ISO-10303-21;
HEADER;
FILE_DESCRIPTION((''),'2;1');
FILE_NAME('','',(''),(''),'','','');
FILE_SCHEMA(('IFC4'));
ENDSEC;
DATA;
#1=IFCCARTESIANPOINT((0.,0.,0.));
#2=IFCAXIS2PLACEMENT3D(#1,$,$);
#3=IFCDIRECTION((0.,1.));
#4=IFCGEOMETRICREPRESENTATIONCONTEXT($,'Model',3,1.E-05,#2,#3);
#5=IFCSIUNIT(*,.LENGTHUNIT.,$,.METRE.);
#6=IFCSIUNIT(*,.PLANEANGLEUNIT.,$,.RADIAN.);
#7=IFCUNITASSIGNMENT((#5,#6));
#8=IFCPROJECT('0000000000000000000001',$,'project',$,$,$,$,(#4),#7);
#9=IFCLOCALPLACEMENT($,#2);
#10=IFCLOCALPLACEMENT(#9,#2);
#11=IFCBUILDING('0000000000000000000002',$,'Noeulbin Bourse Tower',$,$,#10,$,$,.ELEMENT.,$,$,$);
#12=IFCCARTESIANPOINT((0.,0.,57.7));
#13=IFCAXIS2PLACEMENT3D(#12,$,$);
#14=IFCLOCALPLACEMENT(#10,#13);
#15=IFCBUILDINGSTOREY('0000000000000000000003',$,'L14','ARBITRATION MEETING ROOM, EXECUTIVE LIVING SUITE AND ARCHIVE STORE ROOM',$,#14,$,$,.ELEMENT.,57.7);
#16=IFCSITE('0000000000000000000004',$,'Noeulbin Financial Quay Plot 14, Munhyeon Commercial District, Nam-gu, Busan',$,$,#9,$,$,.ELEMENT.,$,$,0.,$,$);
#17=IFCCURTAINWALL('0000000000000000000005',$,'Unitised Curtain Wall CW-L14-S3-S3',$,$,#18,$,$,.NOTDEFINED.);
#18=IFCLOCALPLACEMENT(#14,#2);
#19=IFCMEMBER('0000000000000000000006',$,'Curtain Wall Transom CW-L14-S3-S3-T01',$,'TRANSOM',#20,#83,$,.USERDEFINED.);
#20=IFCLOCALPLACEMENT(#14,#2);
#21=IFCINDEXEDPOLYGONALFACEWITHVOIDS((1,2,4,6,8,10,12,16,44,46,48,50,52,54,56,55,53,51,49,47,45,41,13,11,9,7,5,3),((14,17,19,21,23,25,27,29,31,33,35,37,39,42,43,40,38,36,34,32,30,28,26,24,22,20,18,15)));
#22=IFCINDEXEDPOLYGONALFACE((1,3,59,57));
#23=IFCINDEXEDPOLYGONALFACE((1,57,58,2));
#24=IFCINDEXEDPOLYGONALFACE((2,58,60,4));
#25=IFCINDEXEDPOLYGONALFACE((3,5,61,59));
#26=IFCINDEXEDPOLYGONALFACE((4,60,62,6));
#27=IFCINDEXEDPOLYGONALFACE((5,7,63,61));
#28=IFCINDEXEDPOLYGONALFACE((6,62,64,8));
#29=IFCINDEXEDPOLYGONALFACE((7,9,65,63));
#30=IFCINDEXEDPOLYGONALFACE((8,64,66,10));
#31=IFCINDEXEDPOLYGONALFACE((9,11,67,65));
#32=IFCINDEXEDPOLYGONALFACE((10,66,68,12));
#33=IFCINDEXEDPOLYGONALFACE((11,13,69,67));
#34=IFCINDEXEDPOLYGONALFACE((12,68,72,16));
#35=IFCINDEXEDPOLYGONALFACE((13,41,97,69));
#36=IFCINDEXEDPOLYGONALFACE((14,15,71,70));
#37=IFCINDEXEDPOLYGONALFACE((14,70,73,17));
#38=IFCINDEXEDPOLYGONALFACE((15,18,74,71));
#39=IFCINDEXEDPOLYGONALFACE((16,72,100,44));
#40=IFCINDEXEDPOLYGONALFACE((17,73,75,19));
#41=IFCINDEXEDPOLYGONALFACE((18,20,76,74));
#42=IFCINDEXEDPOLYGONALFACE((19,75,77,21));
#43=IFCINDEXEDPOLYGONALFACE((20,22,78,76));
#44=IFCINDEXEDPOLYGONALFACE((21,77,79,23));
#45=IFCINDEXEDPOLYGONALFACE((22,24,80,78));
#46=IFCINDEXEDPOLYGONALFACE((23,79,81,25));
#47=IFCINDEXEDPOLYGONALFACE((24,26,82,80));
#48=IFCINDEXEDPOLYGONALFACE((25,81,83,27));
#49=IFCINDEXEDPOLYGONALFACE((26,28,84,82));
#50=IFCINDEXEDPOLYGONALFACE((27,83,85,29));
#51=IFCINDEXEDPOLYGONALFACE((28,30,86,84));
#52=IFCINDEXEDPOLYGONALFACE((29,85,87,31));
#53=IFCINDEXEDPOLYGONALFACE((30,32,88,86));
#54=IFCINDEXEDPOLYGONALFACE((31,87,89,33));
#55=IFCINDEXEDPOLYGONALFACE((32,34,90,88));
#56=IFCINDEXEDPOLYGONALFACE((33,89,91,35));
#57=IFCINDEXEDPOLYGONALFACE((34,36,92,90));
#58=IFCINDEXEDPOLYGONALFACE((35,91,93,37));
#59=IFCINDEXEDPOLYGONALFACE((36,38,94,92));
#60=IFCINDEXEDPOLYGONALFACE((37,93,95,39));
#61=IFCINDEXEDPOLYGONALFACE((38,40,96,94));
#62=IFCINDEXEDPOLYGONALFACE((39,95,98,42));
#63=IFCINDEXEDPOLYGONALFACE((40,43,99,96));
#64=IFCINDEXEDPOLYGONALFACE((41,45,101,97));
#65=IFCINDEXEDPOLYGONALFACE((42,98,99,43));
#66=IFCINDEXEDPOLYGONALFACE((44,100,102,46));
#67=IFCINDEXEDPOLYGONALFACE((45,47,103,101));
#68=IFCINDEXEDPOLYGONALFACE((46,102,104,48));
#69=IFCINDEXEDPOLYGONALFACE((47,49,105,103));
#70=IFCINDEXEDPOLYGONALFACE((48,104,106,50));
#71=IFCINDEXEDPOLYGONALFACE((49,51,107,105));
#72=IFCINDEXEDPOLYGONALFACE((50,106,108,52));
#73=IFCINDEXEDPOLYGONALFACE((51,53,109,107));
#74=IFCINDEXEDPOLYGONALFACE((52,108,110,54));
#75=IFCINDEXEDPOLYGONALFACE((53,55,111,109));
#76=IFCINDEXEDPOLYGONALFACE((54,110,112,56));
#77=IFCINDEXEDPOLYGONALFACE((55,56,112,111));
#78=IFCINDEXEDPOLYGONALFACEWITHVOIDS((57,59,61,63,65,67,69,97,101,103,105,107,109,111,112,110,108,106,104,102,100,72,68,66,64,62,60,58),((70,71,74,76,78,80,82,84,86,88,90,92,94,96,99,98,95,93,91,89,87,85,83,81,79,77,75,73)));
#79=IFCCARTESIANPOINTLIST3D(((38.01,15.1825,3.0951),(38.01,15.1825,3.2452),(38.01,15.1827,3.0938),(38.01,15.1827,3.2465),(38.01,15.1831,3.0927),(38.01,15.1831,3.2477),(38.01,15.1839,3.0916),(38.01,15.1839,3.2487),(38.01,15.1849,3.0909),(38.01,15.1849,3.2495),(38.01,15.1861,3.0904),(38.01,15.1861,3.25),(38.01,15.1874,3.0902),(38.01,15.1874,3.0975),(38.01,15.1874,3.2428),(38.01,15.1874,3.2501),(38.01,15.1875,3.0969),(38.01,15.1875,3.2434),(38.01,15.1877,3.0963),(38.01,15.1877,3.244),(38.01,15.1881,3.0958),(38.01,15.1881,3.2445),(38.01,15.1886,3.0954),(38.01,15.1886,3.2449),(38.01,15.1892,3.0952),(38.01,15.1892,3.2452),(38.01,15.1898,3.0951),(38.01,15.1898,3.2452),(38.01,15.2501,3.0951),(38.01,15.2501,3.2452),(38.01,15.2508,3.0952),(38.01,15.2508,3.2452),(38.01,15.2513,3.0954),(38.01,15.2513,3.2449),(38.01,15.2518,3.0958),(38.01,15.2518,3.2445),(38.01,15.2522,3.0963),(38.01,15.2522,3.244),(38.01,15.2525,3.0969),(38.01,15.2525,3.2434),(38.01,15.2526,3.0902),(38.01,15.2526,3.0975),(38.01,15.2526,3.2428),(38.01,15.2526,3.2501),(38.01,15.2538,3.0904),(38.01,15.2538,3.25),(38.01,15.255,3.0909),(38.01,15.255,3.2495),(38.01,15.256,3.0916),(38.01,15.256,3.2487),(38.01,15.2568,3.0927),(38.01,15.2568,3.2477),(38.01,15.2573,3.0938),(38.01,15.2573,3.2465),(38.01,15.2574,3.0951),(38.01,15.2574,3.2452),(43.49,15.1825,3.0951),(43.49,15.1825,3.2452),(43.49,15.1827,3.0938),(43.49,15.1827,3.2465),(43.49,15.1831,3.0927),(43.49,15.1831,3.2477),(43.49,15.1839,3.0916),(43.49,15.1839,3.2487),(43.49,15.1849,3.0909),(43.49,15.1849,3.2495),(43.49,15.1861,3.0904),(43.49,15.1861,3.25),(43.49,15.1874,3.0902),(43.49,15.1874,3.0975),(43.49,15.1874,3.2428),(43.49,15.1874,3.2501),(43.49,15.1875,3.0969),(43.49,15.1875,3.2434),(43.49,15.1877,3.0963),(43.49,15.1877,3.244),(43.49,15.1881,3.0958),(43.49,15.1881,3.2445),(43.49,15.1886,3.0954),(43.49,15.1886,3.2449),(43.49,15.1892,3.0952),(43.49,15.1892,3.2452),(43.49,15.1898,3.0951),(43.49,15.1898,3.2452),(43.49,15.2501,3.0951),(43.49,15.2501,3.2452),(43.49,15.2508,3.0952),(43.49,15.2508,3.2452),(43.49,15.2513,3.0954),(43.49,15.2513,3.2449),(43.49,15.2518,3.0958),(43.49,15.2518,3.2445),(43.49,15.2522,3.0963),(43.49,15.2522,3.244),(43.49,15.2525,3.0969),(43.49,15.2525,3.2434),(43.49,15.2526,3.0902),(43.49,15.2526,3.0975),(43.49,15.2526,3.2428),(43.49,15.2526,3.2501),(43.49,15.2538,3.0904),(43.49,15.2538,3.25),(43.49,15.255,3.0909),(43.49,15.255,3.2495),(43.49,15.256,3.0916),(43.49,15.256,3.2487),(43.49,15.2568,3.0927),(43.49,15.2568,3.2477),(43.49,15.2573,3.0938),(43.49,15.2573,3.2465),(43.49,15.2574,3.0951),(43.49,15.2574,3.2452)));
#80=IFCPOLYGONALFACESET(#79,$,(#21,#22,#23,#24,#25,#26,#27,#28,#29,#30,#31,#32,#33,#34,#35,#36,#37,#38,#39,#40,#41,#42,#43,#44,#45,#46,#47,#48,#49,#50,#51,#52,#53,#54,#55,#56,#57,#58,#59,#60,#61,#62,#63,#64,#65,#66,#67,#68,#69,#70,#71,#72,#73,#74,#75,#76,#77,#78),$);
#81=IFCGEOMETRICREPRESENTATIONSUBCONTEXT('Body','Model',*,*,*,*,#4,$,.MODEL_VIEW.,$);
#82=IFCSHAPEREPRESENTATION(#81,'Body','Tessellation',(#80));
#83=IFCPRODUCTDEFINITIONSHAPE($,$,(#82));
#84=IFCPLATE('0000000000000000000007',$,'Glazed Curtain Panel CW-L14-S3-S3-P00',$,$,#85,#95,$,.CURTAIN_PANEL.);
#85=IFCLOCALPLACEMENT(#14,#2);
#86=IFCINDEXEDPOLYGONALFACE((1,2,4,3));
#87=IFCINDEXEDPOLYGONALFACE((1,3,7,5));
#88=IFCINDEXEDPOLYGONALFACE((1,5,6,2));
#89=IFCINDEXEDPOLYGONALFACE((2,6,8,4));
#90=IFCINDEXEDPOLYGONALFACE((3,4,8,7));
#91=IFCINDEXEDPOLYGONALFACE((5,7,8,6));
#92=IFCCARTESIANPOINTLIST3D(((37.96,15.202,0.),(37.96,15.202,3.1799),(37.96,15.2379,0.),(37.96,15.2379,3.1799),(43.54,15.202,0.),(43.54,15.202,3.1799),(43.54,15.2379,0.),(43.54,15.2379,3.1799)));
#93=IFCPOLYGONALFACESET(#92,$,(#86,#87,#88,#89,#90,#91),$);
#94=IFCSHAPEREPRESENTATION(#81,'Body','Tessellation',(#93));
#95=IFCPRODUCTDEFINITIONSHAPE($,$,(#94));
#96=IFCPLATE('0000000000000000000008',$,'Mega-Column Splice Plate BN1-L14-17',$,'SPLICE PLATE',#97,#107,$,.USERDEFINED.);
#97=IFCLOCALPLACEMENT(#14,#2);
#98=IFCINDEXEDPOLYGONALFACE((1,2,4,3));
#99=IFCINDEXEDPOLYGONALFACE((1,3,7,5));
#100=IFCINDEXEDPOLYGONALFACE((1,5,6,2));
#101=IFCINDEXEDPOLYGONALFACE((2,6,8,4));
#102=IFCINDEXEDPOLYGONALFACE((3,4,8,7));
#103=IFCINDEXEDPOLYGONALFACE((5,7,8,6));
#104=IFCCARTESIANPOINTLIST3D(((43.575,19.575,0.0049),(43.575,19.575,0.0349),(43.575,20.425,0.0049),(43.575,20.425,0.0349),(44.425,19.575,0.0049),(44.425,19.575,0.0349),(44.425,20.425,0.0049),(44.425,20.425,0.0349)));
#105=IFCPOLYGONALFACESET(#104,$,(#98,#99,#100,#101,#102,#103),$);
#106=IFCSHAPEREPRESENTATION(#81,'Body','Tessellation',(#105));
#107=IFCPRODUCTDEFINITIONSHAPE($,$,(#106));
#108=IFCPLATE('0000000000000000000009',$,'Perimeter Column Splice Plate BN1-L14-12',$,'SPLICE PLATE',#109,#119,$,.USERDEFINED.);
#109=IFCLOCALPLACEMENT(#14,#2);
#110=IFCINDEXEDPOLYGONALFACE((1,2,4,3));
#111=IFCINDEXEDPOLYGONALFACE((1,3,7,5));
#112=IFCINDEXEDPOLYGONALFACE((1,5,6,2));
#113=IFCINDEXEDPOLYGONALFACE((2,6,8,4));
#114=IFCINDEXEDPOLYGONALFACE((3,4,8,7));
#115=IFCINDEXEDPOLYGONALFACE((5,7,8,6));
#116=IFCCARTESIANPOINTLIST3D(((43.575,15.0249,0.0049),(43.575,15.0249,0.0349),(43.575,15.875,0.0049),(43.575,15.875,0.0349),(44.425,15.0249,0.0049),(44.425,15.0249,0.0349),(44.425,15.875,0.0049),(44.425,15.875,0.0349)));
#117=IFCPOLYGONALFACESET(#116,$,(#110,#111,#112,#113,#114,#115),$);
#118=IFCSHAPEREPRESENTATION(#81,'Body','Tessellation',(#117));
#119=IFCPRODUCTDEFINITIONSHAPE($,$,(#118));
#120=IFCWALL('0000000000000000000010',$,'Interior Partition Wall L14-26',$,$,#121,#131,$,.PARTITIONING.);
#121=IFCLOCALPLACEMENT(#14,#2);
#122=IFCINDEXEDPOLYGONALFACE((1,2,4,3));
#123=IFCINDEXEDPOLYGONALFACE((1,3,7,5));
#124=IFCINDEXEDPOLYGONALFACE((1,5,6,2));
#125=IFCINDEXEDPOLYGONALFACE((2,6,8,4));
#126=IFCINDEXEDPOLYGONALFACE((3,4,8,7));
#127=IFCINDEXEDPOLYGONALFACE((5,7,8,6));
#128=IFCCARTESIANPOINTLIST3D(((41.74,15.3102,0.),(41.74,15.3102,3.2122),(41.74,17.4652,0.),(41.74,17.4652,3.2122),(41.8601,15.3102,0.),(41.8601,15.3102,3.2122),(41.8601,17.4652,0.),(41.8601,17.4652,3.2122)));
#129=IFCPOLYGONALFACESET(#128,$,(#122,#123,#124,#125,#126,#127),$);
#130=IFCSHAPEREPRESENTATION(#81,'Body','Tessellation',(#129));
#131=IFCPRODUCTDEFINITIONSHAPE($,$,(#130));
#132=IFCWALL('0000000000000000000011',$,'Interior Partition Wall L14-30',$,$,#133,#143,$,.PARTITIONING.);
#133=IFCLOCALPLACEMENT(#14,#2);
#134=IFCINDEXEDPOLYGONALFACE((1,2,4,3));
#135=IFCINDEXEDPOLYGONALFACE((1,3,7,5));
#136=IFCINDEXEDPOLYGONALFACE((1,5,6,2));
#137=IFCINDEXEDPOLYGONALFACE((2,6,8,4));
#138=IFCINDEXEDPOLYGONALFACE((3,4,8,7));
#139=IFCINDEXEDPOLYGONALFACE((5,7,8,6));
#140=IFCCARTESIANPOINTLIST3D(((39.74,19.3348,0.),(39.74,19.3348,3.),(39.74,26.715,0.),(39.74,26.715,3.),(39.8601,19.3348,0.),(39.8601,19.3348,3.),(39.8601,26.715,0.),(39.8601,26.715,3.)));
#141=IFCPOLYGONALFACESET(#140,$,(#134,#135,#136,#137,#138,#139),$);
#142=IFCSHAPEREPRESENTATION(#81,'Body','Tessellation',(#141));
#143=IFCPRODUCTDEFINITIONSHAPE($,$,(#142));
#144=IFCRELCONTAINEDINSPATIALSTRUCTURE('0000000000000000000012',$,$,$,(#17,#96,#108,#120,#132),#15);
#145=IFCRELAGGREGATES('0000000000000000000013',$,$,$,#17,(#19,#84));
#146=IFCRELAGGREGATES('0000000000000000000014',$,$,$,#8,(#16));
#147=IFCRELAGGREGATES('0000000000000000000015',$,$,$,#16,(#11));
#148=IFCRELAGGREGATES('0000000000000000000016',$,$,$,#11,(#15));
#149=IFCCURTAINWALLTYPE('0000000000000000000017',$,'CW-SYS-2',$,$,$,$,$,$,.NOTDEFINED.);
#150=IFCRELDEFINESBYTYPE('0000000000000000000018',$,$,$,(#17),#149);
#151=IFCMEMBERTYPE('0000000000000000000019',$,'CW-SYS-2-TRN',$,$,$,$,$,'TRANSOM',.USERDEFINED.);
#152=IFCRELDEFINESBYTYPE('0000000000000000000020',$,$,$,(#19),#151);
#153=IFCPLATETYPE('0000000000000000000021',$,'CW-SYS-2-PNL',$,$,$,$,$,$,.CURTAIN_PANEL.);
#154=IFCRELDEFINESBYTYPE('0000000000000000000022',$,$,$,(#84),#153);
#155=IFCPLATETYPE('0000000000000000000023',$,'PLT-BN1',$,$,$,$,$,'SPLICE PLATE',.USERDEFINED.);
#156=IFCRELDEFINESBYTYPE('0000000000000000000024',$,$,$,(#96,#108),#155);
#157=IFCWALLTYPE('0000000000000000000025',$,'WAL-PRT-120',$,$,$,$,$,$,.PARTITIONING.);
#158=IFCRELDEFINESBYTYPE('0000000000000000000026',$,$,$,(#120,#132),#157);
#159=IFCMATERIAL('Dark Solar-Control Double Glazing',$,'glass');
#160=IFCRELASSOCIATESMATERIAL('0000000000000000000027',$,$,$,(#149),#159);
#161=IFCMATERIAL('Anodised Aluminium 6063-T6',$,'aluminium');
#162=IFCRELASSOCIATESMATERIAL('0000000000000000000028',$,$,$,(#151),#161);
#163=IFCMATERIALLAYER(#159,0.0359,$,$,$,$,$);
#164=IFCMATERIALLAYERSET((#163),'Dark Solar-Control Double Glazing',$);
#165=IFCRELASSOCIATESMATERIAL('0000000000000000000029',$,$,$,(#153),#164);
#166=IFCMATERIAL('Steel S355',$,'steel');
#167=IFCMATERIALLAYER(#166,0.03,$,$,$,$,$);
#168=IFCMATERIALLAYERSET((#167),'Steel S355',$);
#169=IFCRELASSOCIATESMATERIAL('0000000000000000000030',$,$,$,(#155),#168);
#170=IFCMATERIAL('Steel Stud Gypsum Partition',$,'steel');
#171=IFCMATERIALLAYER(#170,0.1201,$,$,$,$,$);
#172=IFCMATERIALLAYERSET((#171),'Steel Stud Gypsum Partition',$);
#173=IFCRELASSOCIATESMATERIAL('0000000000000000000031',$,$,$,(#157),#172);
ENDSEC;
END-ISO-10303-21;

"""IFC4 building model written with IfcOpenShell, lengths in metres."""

from ifc_helpers import new_model, si_unit, direction, frame, frame_2d, origin, origin_2d, place, context, subcontext, project, spatial, rectangle, hollow_rectangle, extrude, material, layer, layer_set, material_profile, profile_set, type_object, element, aggregate, save


model = new_model("IFC4")

# Units and contexts
model_context = context("Model", 3, precision=1e-05, world=origin(), true_north=direction((0.0, 1.0)))
body_context = subcontext(model_context, "Body", "Model", "MODEL_VIEW")
ifc_project = project(units=[si_unit("LENGTHUNIT", "METRE"), si_unit("PLANEANGLEUNIT", "RADIAN")], contexts=[model_context])

# Site, building, storey
site_placement = place(None, origin())
site = spatial("IfcSite", under=ifc_project, at=site_placement, Name="Noeulbin Financial Quay Plot 14, Munhyeon Commercial District, Nam-gu, Busan", CompositionType="ELEMENT", RefElevation=0.0)
building_placement = place(site_placement, origin())
building = spatial("IfcBuilding", under=site, at=building_placement, Name="Noeulbin Bourse Tower", CompositionType="ELEMENT")
storey_placement = place(building_placement, frame((0.0, 0.0, 57.7)))
storey = spatial("IfcBuildingStorey", under=building, at=storey_placement, Name="L14", Description="ARBITRATION MEETING ROOM, EXECUTIVE LIVING SUITE AND ARCHIVE STORE ROOM", CompositionType="ELEMENT", Elevation=57.7)

# Shared definitions
ifc_material_1 = material(Name="Steel S355", Category="steel")

# Curtain wall
ifc_material_2 = material(Name="Dark Solar-Control Double Glazing", Category="glass")
curtain_wall_type = type_object("IfcCurtainWallType", Name="CW-SYS-2", PredefinedType="NOTDEFINED", material=ifc_material_2)
curtain_wall_1_placement = place(storey_placement, origin())
curtain_wall_1 = element("IfcCurtainWall", 1, at=curtain_wall_1_placement, inside=storey, type_object=curtain_wall_type, Name="Unitised Curtain Wall CW-L14-S3-S3", PredefinedType="NOTDEFINED")
ifc_material_3 = material(Name="Anodised Aluminium 6063-T6", Category="aluminium")

# Member
ifc_material_profile_1 = material_profile(ifc_material_3, hollow_rectangle(XDim=0.075, YDim=0.1599, WallThickness=0.0049, InnerFilletRadius=0.0024, OuterFilletRadius=0.0049, at=origin_2d()), Name="ALU-TRAN-75x160x5", Category="LoadBearing")
ifc_profile_set_1 = profile_set([ifc_material_profile_1], Name="Anodised Aluminium 6063-T6")
member_type_1 = type_object("IfcMemberType", Name="CW-SYS-2-TRN", ElementType="TRANSOM", PredefinedType="USERDEFINED", material=ifc_profile_set_1)
member_1_placement = place(storey_placement, frame((38.01, 15.22, 3.1702), z_axis=(1.0, 0.0, 0.0), x_axis=(0.0, 1.0, 0.0)))
member_1 = element("IfcMember", 2, at=member_1_placement, type_object=member_type_1, Name="Curtain Wall Transom CW-L14-S3-S3-T01", ObjectType="TRANSOM", PredefinedType="USERDEFINED", context=body_context, shape_type="SweptSolid", body=[
    extrude(hollow_rectangle(XDim=0.075, YDim=0.1599, WallThickness=0.0049, InnerFilletRadius=0.0024, OuterFilletRadius=0.0049, at=origin_2d()), origin(), (0.0, 0.0, 1.0), 5.48),
])

# Plate
ifc_layer_1 = layer(ifc_material_2, 0.0359)
ifc_layer_set_1 = layer_set([ifc_layer_1], Name="Dark Solar-Control Double Glazing")
plate_type_1 = type_object("IfcPlateType", Name="CW-SYS-2-PNL", PredefinedType="CURTAIN_PANEL", material=ifc_layer_set_1)
plate_placement = place(storey_placement, frame((40.75, 15.22, 0.0), z_axis=(0.0, 0.0, 1.0), x_axis=(1.0, 0.0, 0.0)))
plate = element("IfcPlate", 3, at=plate_placement, type_object=plate_type_1, Name="Glazed Curtain Panel CW-L14-S3-S3-P00", PredefinedType="CURTAIN_PANEL", context=body_context, shape_type="SweptSolid", body=[
    extrude(rectangle(XDim=5.5801, YDim=0.0359, at=origin_2d()), origin(), (0.0, 0.0, 1.0), 3.1799),
])
aggregate(curtain_wall_1, [member_1, plate])

# Plates
ifc_layer_2 = layer(ifc_material_1, 0.03)
ifc_layer_set_2 = layer_set([ifc_layer_2], Name="Steel S355")
plate_type_2 = type_object("IfcPlateType", Name="PLT-BN1", ElementType="SPLICE PLATE", PredefinedType="USERDEFINED", material=ifc_layer_set_2)
for number, where, z_axis, x_axis, name in (
    (4, (44.0, 20.0, 0.0049), (0.0, 0.0, 1.0), (1.0, 0.0, 0.0), "Mega-Column Splice Plate BN1-L14-17"),
    (5, (44.0, 15.45, 0.0049), (0.0, 0.0, 1.0), (1.0, 0.0, 0.0), "Perimeter Column Splice Plate BN1-L14-12"),
):
    element("IfcPlate", number, at=place(storey_placement, frame(where, z_axis=z_axis, x_axis=x_axis)), inside=storey, type_object=plate_type_2, Name=name, ObjectType="SPLICE PLATE", PredefinedType="USERDEFINED", context=body_context, shape_type="SweptSolid", body=[
        extrude(rectangle(XDim=0.8501, YDim=0.8501, at=origin_2d()), origin(), (0.0, 0.0, 1.0), 0.03),
    ])

# Walls
ifc_material_4 = material(Name="Steel Stud Gypsum Partition", Category="steel")
ifc_layer_3 = layer(ifc_material_4, 0.1201)
ifc_layer_set_3 = layer_set([ifc_layer_3], Name="Steel Stud Gypsum Partition")
wall_type = type_object("IfcWallType", Name="WAL-PRT-120", PredefinedType="PARTITIONING", material=ifc_layer_set_3)
wall_1_placement = place(storey_placement, frame((41.8, 15.3101, 0.0), z_axis=(0.0, 0.0, 1.0), x_axis=(0.0, 1.0, 0.0)))
element("IfcWall", 6, at=wall_1_placement, inside=storey, type_object=wall_type, Name="Interior Partition Wall L14-26", PredefinedType="PARTITIONING", context=body_context, shape_type="SweptSolid", body=[
    extrude(rectangle(XDim=2.155, YDim=0.1201, at=frame_2d((1.0776, 0.0))), origin(), (0.0, 0.0, 1.0), 3.2122),
])
wall_2_placement = place(storey_placement, frame((39.8, 19.335, 0.0), z_axis=(0.0, 0.0, 1.0), x_axis=(0.0, 1.0, 0.0)))
element("IfcWall", 7, at=wall_2_placement, inside=storey, type_object=wall_type, Name="Interior Partition Wall L14-30", PredefinedType="PARTITIONING", context=body_context, shape_type="SweptSolid", body=[
    extrude(rectangle(XDim=7.3801, YDim=0.1201, at=frame_2d((3.6899, 0.0))), origin(), (0.0, 0.0, 1.0), 3.0),
])

save(model, "model.ifc")
